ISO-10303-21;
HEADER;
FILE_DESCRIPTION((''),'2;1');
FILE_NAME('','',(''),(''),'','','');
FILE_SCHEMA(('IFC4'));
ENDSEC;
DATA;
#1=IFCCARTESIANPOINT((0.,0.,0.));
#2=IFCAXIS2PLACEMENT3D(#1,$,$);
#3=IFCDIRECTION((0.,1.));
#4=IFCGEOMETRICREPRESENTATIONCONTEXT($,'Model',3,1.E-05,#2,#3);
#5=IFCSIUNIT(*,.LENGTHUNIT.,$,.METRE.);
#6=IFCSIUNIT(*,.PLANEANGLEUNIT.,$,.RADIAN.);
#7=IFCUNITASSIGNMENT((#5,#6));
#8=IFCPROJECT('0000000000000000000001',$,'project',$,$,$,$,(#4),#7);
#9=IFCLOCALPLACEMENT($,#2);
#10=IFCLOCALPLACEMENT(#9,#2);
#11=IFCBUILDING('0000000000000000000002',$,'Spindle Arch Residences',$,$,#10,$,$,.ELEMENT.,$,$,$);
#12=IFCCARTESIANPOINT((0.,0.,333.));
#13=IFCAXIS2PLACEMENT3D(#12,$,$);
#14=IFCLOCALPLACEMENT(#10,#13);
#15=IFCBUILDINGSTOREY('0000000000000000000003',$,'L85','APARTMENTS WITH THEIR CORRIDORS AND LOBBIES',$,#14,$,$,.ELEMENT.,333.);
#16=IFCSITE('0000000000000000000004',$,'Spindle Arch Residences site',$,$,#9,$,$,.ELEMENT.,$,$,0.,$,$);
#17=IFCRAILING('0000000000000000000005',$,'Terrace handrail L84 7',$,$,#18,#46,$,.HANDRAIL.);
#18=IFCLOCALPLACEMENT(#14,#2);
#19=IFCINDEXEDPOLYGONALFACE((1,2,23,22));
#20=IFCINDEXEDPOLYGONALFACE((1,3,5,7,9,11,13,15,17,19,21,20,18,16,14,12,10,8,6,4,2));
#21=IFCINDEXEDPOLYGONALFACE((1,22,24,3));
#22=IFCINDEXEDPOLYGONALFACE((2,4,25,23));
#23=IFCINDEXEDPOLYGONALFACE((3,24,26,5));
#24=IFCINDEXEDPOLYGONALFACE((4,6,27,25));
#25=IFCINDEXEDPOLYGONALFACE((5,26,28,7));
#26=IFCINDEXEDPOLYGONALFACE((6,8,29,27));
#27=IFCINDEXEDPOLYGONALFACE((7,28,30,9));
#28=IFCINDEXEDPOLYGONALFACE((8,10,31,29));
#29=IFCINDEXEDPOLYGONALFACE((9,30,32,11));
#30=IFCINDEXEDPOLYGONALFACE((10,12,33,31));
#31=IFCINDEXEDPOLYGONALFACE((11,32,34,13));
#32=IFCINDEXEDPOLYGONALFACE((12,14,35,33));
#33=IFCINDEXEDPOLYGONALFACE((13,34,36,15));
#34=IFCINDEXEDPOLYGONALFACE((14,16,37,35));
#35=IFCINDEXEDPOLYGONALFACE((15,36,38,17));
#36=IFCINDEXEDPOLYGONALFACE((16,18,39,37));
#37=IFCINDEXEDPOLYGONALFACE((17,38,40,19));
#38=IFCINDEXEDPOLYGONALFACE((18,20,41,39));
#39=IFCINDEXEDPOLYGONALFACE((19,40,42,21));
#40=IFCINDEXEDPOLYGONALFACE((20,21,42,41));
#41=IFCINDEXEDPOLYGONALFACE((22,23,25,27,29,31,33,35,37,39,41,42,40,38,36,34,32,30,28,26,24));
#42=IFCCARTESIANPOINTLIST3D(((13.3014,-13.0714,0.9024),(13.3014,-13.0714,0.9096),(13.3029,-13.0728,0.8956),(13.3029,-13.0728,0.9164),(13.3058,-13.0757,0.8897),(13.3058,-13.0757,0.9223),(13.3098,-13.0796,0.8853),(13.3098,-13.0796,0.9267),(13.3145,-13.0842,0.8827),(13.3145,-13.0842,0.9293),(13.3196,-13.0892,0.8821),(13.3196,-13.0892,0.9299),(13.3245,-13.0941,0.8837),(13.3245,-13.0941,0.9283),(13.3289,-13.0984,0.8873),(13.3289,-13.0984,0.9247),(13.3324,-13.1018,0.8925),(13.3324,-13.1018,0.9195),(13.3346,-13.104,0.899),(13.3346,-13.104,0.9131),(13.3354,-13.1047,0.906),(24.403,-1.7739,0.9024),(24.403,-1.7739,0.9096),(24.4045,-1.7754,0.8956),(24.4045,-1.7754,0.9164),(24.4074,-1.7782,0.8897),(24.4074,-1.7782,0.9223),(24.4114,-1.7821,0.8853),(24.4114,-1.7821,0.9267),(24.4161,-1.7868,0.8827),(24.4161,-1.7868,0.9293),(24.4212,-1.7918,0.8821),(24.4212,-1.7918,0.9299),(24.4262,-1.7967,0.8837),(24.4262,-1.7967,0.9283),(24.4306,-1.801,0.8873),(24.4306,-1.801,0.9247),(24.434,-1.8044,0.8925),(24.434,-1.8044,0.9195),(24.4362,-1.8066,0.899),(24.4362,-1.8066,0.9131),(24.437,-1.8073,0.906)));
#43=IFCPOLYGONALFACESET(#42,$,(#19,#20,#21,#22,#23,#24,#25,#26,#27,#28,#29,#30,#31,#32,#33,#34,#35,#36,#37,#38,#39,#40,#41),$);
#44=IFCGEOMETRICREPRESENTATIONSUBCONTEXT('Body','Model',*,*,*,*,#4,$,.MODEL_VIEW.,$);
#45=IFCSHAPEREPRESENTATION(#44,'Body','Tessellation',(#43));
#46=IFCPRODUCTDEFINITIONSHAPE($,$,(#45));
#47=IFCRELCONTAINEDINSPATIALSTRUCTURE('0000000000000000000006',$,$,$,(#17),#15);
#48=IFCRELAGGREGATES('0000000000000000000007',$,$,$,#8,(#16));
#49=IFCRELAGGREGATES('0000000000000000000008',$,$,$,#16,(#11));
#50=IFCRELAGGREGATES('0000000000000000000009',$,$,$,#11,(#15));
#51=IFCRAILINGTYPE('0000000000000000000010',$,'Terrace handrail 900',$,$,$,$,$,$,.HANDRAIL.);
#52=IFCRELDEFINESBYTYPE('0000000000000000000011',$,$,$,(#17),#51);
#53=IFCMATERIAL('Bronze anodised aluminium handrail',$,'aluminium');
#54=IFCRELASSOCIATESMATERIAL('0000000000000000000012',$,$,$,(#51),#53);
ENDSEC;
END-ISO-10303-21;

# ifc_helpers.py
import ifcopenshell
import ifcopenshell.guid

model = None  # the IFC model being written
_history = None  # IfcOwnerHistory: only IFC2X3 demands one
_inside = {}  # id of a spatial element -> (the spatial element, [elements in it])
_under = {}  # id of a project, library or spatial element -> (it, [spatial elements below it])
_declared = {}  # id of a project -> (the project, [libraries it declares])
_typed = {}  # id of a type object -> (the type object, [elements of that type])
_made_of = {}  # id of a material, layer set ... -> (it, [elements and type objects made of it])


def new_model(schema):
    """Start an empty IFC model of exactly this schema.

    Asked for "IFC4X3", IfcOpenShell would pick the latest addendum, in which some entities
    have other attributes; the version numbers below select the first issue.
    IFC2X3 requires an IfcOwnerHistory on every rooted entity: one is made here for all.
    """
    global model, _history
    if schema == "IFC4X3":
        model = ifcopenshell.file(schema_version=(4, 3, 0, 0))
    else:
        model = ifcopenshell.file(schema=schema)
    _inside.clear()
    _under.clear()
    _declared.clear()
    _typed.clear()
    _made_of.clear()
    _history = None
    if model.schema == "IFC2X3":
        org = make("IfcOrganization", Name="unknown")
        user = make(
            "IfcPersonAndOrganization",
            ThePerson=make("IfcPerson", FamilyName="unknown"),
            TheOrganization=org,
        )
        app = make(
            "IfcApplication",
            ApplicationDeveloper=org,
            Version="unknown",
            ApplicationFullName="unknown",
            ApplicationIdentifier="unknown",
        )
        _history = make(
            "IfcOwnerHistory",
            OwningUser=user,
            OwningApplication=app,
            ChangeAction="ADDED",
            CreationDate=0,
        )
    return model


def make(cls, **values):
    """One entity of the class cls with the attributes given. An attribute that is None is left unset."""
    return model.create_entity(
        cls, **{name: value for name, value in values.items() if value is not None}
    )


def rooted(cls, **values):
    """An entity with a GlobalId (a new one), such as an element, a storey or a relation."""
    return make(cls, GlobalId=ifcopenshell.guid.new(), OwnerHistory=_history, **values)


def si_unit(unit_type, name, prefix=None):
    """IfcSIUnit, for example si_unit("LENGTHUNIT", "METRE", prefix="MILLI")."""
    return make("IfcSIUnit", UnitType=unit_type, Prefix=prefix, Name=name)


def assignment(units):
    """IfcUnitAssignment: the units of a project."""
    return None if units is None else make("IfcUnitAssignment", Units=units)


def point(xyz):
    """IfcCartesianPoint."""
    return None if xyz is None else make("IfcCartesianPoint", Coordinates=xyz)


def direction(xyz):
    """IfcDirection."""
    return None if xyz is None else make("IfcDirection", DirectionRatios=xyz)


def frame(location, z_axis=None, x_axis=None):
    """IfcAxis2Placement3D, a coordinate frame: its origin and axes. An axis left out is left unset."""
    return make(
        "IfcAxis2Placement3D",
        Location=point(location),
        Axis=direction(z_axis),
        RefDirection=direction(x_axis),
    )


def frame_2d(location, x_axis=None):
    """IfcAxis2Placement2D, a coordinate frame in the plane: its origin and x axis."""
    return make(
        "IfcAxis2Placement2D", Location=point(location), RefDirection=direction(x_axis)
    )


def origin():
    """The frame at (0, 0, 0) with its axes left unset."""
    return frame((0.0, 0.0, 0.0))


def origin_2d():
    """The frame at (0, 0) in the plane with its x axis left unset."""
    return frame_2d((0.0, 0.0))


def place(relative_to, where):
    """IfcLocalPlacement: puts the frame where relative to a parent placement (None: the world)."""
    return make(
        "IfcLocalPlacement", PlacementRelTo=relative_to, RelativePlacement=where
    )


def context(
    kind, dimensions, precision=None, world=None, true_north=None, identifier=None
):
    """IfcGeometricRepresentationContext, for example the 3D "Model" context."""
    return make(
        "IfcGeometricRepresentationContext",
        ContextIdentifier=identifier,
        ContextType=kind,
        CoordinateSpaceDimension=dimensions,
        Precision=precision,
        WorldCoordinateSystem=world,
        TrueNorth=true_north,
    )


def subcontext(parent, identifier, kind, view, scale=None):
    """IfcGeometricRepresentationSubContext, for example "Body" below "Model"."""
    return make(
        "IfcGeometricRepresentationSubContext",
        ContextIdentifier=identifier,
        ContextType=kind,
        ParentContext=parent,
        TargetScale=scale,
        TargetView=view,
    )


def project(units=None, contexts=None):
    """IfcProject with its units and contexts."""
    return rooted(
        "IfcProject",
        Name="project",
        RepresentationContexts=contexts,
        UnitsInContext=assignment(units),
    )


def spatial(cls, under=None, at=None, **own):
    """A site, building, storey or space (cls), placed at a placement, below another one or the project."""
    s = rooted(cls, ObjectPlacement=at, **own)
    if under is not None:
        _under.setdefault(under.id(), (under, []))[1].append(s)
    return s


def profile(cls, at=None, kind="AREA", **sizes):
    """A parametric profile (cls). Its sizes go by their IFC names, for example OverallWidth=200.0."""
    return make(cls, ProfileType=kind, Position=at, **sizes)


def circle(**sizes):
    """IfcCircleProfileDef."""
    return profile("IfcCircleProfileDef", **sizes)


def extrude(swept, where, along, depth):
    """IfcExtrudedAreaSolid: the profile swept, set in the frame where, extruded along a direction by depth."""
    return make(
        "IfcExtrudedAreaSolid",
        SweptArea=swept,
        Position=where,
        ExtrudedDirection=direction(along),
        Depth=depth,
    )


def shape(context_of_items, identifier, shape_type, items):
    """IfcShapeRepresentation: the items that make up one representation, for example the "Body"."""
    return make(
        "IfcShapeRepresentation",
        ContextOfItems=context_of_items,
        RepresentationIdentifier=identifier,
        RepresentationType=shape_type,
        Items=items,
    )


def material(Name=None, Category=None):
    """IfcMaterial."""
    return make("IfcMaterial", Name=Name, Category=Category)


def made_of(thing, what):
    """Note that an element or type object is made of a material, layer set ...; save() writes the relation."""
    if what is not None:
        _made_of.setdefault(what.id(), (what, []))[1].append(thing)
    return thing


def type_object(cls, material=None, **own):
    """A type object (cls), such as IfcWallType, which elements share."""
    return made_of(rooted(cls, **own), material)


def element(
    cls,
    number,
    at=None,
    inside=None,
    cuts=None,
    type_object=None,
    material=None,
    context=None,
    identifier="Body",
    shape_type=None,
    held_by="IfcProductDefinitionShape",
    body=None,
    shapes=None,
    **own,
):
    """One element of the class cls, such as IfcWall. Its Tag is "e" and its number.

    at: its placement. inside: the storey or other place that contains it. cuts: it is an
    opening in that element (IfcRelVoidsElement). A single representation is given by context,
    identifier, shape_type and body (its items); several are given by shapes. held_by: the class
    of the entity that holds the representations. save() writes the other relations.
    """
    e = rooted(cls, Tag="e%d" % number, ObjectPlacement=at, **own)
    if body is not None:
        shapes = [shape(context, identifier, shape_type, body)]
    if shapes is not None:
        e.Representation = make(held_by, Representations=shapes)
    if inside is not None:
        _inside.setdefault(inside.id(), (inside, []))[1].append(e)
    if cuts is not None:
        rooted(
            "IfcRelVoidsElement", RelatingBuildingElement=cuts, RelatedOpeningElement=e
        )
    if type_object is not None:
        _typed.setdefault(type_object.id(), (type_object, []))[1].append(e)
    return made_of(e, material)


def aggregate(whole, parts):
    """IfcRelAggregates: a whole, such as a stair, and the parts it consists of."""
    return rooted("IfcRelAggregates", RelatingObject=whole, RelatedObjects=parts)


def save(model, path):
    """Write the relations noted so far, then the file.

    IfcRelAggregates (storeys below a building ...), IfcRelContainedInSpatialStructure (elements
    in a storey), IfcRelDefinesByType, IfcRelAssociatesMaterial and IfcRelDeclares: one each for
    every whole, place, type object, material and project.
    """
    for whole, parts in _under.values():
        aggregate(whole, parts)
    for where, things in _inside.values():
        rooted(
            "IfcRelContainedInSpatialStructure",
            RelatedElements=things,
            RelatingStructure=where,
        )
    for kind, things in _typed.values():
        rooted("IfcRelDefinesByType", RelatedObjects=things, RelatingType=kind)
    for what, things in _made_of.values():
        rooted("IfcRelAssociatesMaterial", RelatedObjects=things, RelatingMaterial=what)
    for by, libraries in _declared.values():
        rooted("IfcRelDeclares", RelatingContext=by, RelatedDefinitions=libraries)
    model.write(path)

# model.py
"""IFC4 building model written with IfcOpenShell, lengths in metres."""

from ifc_helpers import new_model, si_unit, direction, frame, origin, origin_2d, place, context, subcontext, project, spatial, circle, extrude, material, type_object, element, save


model = new_model("IFC4")

# Units and contexts
model_context = context("Model", 3, precision=1e-05, world=origin(), true_north=direction((0.0, 1.0)))
body_context = subcontext(model_context, "Body", "Model", "MODEL_VIEW")
ifc_project = project(units=[si_unit("LENGTHUNIT", "METRE"), si_unit("PLANEANGLEUNIT", "RADIAN")], contexts=[model_context])

# Site, building, storey
site_placement = place(None, origin())
site = spatial("IfcSite", under=ifc_project, at=site_placement, Name="Spindle Arch Residences site", CompositionType="ELEMENT", RefElevation=0.0)
building_placement = place(site_placement, origin())
building = spatial("IfcBuilding", under=site, at=building_placement, Name="Spindle Arch Residences", CompositionType="ELEMENT")
storey_placement = place(building_placement, frame((0.0, 0.0, 333.0)))
storey = spatial("IfcBuildingStorey", under=building, at=storey_placement, Name="L85", Description="APARTMENTS WITH THEIR CORRIDORS AND LOBBIES", CompositionType="ELEMENT", Elevation=333.0)

# Railing
ifc_material_1 = material(Name="Bronze anodised aluminium handrail", Category="aluminium")
railing_type_1 = type_object("IfcRailingType", Name="Terrace handrail 900", PredefinedType="HANDRAIL", material=ifc_material_1)
railing_1_placement = place(storey_placement, frame((24.4199, -1.7905, 0.03)))
element("IfcRailing", 1, at=railing_1_placement, inside=storey, type_object=railing_type_1, Name="Terrace handrail L84 7", PredefinedType="HANDRAIL", context=body_context, shape_type="SweptSolid", body=[
    extrude(circle(Radius=0.0239, at=origin_2d()), frame((0.0, 0.0, 0.876), z_axis=(-0.700899, -0.713261, 0.0), x_axis=(0.713261, -0.700899, 0.0)), (0.0, 0.0, 1.0), 15.8391),
])

save(model, "model.ifc")
